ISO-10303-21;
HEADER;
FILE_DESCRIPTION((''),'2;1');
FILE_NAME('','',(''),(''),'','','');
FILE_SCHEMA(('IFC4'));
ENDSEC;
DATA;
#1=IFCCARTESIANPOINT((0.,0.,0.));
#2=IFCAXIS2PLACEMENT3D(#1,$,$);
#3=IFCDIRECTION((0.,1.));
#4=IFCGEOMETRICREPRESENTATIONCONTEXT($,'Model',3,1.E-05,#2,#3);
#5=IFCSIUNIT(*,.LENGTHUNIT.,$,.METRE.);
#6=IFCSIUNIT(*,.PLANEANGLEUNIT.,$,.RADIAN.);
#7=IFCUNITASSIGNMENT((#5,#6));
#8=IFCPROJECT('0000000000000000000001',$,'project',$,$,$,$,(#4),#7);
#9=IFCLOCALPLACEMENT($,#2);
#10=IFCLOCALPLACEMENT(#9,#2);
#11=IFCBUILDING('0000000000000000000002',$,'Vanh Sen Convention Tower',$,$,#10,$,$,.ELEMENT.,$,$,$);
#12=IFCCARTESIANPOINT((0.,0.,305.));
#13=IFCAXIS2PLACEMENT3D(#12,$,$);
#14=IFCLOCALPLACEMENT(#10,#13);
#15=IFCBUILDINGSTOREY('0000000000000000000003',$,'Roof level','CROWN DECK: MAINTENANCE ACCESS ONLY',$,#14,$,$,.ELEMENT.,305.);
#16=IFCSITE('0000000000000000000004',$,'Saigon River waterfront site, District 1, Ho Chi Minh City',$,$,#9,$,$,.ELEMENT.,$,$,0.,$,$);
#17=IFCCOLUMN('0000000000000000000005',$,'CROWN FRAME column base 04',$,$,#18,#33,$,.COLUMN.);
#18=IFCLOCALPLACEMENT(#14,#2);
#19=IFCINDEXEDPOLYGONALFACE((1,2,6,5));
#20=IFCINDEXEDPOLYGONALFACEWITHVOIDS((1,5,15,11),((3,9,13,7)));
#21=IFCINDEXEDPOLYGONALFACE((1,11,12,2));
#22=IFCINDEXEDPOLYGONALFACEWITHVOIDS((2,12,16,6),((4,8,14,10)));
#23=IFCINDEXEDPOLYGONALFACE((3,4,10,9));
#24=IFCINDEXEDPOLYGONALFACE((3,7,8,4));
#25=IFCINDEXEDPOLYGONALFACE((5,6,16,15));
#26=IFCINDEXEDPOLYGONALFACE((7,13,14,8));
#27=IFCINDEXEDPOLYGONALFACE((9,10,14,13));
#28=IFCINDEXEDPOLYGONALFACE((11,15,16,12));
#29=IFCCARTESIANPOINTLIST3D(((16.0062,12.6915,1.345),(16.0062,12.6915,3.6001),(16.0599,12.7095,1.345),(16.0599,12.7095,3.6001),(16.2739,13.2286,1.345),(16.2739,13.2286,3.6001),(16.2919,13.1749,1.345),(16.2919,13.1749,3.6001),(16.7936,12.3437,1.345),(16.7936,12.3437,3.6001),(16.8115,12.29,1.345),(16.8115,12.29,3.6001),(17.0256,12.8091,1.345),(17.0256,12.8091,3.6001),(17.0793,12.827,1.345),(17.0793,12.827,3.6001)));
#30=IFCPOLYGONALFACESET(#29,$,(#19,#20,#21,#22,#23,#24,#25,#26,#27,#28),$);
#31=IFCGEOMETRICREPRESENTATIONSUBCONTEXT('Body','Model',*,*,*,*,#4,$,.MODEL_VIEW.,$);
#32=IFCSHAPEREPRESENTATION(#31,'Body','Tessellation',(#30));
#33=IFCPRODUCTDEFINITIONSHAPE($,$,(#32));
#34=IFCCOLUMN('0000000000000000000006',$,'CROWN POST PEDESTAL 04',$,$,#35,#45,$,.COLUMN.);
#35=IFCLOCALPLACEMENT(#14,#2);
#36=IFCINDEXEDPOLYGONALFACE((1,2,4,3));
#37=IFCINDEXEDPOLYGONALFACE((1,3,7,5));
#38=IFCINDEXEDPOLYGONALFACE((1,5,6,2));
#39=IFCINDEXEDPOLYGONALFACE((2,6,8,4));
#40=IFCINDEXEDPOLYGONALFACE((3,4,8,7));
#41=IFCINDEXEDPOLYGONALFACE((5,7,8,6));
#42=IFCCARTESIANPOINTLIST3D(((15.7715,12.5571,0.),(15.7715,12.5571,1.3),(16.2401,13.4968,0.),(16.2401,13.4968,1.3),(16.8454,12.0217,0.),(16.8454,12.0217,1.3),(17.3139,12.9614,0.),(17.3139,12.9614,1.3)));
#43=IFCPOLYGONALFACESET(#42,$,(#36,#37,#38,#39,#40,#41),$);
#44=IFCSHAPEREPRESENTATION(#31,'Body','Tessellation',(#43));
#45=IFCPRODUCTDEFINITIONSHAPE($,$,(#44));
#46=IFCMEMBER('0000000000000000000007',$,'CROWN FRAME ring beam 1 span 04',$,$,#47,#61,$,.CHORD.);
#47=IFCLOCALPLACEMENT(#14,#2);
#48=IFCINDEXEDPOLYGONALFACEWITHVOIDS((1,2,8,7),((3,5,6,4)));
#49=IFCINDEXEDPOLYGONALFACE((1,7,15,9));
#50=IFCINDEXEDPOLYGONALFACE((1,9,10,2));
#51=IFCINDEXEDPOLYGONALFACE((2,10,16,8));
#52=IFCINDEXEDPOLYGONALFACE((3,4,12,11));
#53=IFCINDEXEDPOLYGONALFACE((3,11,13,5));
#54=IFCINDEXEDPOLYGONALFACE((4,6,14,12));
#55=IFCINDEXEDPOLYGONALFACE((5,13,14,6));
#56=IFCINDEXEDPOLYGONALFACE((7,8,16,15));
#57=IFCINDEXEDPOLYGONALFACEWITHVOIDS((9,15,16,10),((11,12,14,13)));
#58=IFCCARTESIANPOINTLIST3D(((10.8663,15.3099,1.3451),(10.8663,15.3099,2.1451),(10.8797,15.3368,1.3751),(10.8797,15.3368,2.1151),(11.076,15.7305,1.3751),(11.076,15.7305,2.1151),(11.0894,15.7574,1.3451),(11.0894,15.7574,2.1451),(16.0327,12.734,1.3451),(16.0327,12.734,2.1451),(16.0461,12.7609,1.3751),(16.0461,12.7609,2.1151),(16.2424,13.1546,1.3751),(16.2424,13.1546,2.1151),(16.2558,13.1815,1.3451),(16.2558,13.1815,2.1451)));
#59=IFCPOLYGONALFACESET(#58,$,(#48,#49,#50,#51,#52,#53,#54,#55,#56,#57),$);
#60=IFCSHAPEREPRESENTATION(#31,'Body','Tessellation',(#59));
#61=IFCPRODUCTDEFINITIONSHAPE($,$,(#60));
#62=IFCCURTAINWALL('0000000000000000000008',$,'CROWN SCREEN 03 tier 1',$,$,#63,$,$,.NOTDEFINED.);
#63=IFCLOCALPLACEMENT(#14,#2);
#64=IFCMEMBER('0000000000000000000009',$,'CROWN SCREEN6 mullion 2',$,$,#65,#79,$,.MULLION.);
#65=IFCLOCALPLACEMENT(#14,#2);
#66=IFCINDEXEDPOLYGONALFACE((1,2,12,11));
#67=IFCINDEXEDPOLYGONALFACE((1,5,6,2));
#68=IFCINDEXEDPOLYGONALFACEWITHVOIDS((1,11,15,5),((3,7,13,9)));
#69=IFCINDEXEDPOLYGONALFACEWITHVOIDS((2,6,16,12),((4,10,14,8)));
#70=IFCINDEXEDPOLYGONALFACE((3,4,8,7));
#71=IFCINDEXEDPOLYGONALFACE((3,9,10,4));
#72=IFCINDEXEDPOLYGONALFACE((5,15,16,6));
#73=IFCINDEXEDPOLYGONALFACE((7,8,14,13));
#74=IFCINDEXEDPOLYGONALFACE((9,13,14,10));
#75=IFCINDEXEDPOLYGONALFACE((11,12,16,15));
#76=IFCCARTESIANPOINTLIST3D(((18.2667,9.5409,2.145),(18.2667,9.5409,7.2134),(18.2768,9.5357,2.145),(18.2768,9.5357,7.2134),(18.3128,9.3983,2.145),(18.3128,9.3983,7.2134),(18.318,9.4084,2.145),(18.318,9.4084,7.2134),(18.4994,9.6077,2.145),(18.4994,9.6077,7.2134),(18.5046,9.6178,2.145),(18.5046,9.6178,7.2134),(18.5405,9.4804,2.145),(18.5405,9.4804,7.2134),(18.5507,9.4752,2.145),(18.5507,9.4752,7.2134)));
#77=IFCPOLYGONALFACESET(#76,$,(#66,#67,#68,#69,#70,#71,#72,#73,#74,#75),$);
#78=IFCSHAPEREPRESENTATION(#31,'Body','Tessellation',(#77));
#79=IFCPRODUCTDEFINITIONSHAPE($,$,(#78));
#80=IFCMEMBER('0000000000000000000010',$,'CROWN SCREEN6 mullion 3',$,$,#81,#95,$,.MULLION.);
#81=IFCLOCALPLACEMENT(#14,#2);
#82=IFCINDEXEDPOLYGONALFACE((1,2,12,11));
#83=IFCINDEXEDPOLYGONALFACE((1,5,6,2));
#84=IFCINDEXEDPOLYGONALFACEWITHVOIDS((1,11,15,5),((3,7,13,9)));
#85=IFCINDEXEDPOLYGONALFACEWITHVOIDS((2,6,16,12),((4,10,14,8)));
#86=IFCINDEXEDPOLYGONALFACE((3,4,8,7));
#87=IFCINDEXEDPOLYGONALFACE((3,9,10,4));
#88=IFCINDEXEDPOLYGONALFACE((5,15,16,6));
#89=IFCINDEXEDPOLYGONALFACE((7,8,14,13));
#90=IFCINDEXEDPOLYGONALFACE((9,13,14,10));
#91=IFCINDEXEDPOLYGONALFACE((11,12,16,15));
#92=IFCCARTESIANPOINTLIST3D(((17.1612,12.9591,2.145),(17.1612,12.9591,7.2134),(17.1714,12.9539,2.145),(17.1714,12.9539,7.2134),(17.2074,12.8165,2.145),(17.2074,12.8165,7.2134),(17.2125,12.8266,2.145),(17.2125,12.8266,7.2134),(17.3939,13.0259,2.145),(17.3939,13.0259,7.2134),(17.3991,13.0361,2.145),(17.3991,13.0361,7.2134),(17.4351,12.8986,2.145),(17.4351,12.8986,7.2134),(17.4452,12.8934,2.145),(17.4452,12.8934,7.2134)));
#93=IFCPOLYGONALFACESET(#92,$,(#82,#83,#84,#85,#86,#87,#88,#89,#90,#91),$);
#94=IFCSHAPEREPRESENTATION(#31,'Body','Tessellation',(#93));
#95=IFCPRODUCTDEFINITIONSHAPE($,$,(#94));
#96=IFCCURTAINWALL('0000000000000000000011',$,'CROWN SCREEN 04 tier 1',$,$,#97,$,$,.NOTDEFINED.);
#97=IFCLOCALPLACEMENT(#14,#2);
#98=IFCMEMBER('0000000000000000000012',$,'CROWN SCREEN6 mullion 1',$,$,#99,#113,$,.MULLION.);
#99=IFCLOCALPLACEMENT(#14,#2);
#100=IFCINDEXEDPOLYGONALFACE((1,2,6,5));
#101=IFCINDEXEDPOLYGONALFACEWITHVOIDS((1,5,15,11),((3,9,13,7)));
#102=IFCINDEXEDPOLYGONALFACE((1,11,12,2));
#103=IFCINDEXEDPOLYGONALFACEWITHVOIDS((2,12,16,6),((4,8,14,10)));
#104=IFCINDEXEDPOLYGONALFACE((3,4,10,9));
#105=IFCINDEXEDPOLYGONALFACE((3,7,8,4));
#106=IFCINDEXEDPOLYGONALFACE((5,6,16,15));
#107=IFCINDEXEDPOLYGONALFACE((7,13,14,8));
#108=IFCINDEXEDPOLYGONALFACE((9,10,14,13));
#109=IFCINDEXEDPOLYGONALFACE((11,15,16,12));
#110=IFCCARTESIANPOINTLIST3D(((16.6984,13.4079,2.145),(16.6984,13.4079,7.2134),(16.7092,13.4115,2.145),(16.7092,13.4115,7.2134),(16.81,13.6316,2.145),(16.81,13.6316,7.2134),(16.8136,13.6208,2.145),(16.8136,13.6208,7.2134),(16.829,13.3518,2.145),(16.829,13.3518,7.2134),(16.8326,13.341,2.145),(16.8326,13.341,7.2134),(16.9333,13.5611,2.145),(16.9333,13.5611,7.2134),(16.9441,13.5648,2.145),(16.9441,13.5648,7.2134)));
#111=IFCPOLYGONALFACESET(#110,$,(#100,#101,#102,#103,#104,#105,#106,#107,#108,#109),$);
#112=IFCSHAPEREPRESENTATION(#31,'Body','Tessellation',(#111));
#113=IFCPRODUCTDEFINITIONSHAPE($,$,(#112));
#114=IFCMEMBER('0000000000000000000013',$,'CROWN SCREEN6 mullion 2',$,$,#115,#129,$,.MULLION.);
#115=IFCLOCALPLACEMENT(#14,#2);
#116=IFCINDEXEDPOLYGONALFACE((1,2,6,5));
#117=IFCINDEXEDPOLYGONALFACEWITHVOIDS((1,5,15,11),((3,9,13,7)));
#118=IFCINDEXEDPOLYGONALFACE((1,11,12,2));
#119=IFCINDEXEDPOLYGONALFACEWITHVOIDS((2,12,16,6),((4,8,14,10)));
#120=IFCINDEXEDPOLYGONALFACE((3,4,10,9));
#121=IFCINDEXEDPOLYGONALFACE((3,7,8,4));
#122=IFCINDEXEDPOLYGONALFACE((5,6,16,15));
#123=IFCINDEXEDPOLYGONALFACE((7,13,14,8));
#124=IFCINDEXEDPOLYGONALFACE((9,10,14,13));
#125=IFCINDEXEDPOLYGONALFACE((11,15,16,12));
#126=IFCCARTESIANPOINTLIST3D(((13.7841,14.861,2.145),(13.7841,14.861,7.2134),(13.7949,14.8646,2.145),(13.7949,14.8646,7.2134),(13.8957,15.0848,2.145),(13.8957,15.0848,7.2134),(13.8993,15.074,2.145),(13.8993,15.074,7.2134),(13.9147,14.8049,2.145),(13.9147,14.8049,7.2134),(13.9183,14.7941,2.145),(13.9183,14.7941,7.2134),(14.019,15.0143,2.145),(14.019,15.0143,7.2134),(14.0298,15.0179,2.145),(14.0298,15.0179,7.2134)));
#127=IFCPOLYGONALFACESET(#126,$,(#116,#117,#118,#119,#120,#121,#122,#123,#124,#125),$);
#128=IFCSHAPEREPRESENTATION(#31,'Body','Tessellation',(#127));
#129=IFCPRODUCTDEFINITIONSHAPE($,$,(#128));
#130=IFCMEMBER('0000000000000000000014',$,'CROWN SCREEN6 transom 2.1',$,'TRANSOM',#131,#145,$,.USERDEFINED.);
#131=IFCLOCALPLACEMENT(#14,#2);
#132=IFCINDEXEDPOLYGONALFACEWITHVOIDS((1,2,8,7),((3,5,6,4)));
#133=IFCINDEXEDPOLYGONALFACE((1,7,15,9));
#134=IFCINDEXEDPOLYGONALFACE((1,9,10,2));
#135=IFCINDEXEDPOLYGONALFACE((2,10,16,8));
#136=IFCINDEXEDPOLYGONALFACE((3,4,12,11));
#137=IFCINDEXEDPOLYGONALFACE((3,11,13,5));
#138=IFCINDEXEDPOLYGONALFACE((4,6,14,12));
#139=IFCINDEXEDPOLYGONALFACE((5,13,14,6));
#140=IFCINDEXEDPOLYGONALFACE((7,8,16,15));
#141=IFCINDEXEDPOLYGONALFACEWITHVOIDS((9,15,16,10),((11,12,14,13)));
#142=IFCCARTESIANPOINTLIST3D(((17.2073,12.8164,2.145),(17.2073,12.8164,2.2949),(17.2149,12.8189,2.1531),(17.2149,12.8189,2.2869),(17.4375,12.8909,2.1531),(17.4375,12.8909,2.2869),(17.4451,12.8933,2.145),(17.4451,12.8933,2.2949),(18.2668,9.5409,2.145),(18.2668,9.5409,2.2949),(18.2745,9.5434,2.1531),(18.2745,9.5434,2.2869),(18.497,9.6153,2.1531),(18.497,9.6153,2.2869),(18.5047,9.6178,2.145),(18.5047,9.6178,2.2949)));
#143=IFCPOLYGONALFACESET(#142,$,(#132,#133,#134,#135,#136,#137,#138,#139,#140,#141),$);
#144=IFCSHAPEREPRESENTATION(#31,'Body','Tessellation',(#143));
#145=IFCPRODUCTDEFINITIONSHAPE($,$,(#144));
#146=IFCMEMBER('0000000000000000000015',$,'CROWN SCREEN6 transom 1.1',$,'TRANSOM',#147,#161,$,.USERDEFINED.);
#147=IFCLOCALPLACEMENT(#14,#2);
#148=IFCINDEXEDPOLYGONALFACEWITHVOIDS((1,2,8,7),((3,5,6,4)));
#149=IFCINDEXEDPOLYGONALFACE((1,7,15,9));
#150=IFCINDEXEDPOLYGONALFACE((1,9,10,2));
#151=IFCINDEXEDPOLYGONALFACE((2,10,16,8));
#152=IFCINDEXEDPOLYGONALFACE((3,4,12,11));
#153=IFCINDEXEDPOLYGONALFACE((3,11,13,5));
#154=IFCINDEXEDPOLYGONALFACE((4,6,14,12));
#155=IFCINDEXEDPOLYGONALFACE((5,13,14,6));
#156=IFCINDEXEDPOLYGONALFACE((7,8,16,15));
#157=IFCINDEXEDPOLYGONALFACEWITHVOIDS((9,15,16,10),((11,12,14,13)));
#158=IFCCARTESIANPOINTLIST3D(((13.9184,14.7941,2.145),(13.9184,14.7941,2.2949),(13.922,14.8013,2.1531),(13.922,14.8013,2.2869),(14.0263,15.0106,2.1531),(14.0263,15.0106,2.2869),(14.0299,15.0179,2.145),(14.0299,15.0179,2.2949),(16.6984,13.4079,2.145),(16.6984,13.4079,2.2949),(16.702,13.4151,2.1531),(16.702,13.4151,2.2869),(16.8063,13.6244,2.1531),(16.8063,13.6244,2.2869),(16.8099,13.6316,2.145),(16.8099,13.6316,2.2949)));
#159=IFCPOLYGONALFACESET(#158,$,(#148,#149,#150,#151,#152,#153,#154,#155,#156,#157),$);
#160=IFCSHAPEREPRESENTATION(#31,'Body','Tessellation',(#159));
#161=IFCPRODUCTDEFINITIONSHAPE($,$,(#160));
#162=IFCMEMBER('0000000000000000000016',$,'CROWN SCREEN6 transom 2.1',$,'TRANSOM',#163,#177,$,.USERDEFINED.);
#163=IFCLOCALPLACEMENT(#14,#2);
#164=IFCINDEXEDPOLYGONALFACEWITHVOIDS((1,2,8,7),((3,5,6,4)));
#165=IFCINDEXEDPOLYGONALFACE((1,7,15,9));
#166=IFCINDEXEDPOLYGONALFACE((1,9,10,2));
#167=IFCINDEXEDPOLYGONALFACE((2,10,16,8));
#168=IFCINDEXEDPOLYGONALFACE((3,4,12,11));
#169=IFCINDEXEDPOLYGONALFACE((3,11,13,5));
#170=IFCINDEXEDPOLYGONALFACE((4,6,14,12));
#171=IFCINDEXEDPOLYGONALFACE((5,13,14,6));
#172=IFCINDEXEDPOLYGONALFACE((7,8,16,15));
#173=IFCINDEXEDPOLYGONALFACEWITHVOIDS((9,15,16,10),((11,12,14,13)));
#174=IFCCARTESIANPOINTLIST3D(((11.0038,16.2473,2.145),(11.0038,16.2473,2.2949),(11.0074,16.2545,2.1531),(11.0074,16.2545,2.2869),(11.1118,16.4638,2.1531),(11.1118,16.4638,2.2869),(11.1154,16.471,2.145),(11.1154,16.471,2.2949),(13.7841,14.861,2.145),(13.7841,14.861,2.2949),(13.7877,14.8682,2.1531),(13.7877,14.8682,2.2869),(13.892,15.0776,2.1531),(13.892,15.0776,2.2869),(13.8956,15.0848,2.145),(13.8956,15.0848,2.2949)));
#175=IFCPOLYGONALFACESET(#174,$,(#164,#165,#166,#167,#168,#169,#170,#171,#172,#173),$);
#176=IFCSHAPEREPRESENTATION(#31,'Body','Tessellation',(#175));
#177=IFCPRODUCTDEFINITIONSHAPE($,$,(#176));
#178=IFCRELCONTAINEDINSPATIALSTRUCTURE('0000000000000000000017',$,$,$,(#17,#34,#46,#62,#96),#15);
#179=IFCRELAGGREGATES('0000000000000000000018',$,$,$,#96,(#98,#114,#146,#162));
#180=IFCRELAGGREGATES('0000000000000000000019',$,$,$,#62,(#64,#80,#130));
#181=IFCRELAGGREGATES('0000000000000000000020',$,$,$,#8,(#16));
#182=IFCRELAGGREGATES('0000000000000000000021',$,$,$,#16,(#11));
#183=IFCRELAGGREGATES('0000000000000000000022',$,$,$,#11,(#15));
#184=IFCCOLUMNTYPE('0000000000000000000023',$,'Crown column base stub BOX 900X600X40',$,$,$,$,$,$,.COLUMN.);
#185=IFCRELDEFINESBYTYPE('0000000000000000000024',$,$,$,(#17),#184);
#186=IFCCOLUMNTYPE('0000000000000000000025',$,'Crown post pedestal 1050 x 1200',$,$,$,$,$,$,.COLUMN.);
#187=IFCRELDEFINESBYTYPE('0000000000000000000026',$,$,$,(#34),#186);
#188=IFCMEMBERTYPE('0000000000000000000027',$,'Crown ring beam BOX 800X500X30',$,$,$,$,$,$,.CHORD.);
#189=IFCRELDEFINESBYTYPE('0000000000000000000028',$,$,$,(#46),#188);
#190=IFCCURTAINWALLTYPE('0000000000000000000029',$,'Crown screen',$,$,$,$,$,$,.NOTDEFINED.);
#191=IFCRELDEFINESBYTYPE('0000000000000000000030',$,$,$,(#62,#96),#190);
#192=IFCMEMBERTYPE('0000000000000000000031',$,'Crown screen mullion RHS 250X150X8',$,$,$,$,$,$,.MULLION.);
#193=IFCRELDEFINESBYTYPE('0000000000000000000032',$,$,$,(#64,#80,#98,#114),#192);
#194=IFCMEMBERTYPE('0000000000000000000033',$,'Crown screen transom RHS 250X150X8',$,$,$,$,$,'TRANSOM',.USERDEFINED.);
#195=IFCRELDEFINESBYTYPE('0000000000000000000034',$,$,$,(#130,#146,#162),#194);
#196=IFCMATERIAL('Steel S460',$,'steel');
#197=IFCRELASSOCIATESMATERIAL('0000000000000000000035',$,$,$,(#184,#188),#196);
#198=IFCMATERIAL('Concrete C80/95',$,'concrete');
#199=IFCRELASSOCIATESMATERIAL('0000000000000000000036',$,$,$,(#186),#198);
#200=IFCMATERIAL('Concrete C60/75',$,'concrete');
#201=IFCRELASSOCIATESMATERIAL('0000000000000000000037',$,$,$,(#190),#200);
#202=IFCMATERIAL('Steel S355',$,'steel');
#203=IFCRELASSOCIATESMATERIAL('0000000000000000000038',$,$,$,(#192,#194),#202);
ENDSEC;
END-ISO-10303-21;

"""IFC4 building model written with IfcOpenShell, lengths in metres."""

from ifc_helpers import new_model, si_unit, direction, frame, origin, origin_2d, place, context, subcontext, project, spatial, rectangle, hollow_rectangle, extrude, material, material_profile, profile_set, type_object, element, aggregate, save


model = new_model("IFC4")

# Units and contexts
model_context = context("Model", 3, precision=1e-05, world=origin(), true_north=direction((0.0, 1.0)))
body_context = subcontext(model_context, "Body", "Model", "MODEL_VIEW")
ifc_project = project(units=[si_unit("LENGTHUNIT", "METRE"), si_unit("PLANEANGLEUNIT", "RADIAN")], contexts=[model_context])

# Site, building, storey
site_placement = place(None, origin())
site = spatial("IfcSite", under=ifc_project, at=site_placement, Name="Saigon River waterfront site, District 1, Ho Chi Minh City", CompositionType="ELEMENT", RefElevation=0.0)
building_placement = place(site_placement, origin())
building = spatial("IfcBuilding", under=site, at=building_placement, Name="Vanh Sen Convention Tower", CompositionType="ELEMENT")
storey_placement = place(building_placement, frame((0.0, 0.0, 305.0)))
storey = spatial("IfcBuildingStorey", under=building, at=storey_placement, Name="Roof level", Description="CROWN DECK: MAINTENANCE ACCESS ONLY", CompositionType="ELEMENT", Elevation=305.0)

# Columns
ifc_material_1 = material(Name="Steel S460", Category="steel")
ifc_material_profile_1 = material_profile(ifc_material_1, hollow_rectangle(XDim=0.6001, YDim=0.8999, WallThickness=0.04, at=origin_2d()), Name="BOX 900X600X40")
ifc_profile_set_1 = profile_set([ifc_material_profile_1], Name="Steel S460")
column_type_1 = type_object("IfcColumnType", Name="Crown column base stub BOX 900X600X40", PredefinedType="COLUMN", material=ifc_profile_set_1)
column_1_placement = place(storey_placement, frame((16.5427, 12.7593, 1.345), z_axis=(0.0, 0.0, 1.0), x_axis=(-0.446198, -0.894934, 0.0)))
element("IfcColumn", 1, at=column_1_placement, inside=storey, type_object=column_type_1, Name="CROWN FRAME column base 04", PredefinedType="COLUMN", context=body_context, shape_type="SweptSolid", body=[
    extrude(hollow_rectangle(XDim=0.6001, YDim=0.8999, WallThickness=0.04, at=origin_2d()), origin(), (0.0, 0.0, 1.0), 2.2551),
])
ifc_material_2 = material(Name="Concrete C80/95", Category="concrete")
ifc_material_profile_2 = material_profile(ifc_material_2, rectangle(XDim=1.05, YDim=1.2, at=origin_2d()), Name="RC 1050X1200")
ifc_profile_set_2 = profile_set([ifc_material_profile_2], Name="Concrete C80/95")
column_type_2 = type_object("IfcColumnType", Name="Crown post pedestal 1050 x 1200", PredefinedType="COLUMN", material=ifc_profile_set_2)
column_2_placement = place(storey_placement, frame((16.5427, 12.7593, 0.0), z_axis=(0.0, 0.0, 1.0), x_axis=(-0.446198, -0.894934, 0.0)))
element("IfcColumn", 2, at=column_2_placement, inside=storey, type_object=column_type_2, Name="CROWN POST PEDESTAL 04", PredefinedType="COLUMN", context=body_context, shape_type="SweptSolid", body=[
    extrude(rectangle(XDim=1.05, YDim=1.2, at=origin_2d()), origin(), (0.0, 0.0, 1.0), 1.3),
])

# Member
ifc_material_profile_3 = material_profile(ifc_material_1, hollow_rectangle(XDim=0.5, YDim=0.8, WallThickness=0.03, at=origin_2d()), Name="BOX 800X500X30")
ifc_profile_set_3 = profile_set([ifc_material_profile_3], Name="Steel S460")
member_type_1 = type_object("IfcMemberType", Name="Crown ring beam BOX 800X500X30", PredefinedType="CHORD", material=ifc_profile_set_3)
member_1_placement = place(storey_placement, frame((16.1443, 12.9578, 1.7451), z_axis=(-0.894934, 0.446198, 0.0), x_axis=(-0.446198, -0.894934, 0.0)))
element("IfcMember", 3, at=member_1_placement, inside=storey, type_object=member_type_1, Name="CROWN FRAME ring beam 1 span 04", PredefinedType="CHORD", context=body_context, shape_type="SweptSolid", body=[
    extrude(hollow_rectangle(XDim=0.5, YDim=0.8, WallThickness=0.03, at=origin_2d()), origin(), (0.0, 0.0, 1.0), 5.7729),
])

# Curtain walls, members
ifc_material_3 = material(Name="Concrete C60/75", Category="concrete")
curtain_wall_type = type_object("IfcCurtainWallType", Name="Crown screen", PredefinedType="NOTDEFINED", material=ifc_material_3)
curtain_wall_1_placement = place(storey_placement, origin())
curtain_wall_1 = element("IfcCurtainWall", 4, at=curtain_wall_1_placement, inside=storey, type_object=curtain_wall_type, Name="CROWN SCREEN 03 tier 1", PredefinedType="NOTDEFINED")
ifc_material_4 = material(Name="Steel S355", Category="steel")
ifc_material_profile_4 = material_profile(ifc_material_4, hollow_rectangle(XDim=0.25, YDim=0.1499, WallThickness=0.0081, at=origin_2d()), Name="RHS 250X150X8")
ifc_profile_set_4 = profile_set([ifc_material_profile_4], Name="Steel S355")
member_type_2 = type_object("IfcMemberType", Name="Crown screen mullion RHS 250X150X8", PredefinedType="MULLION", material=ifc_profile_set_4)
member_2_placement = place(storey_placement, frame((18.4087, 9.5081, 2.145), z_axis=(0.0, 0.0, 1.0), x_axis=(-0.951473, -0.307733, 0.0)))
member_2 = element("IfcMember", 5, at=member_2_placement, type_object=member_type_2, Name="CROWN SCREEN6 mullion 2", PredefinedType="MULLION", context=body_context, shape_type="SweptSolid", body=[
    extrude(hollow_rectangle(XDim=0.25, YDim=0.1499, WallThickness=0.0081, at=origin_2d()), origin(), (0.0, 0.0, 1.0), 5.0684),
])
member_3_placement = place(storey_placement, frame((17.3032, 12.9263, 2.145), z_axis=(0.0, 0.0, 1.0), x_axis=(-0.951473, -0.307733, 0.0)))
member_3 = element("IfcMember", 6, at=member_3_placement, type_object=member_type_2, Name="CROWN SCREEN6 mullion 3", PredefinedType="MULLION", context=body_context, shape_type="SweptSolid", body=[
    extrude(hollow_rectangle(XDim=0.25, YDim=0.1499, WallThickness=0.0081, at=origin_2d()), origin(), (0.0, 0.0, 1.0), 5.0684),
])
curtain_wall_2_placement = place(storey_placement, origin())
curtain_wall_2 = element("IfcCurtainWall", 7, at=curtain_wall_2_placement, inside=storey, type_object=curtain_wall_type, Name="CROWN SCREEN 04 tier 1", PredefinedType="NOTDEFINED")
member_4_placement = place(storey_placement, frame((16.8213, 13.4863, 2.145), z_axis=(0.0, 0.0, 1.0), x_axis=(-0.446205, -0.894931, 0.0)))
member_4 = element("IfcMember", 8, at=member_4_placement, type_object=member_type_2, Name="CROWN SCREEN6 mullion 1", PredefinedType="MULLION", context=body_context, shape_type="SweptSolid", body=[
    extrude(hollow_rectangle(XDim=0.25, YDim=0.1499, WallThickness=0.0081, at=origin_2d()), origin(), (0.0, 0.0, 1.0), 5.0684),
])
member_5_placement = place(storey_placement, frame((13.907, 14.9395, 2.145), z_axis=(0.0, 0.0, 1.0), x_axis=(-0.446205, -0.894931, 0.0)))
member_5 = element("IfcMember", 9, at=member_5_placement, type_object=member_type_2, Name="CROWN SCREEN6 mullion 2", PredefinedType="MULLION", context=body_context, shape_type="SweptSolid", body=[
    extrude(hollow_rectangle(XDim=0.25, YDim=0.1499, WallThickness=0.0081, at=origin_2d()), origin(), (0.0, 0.0, 1.0), 5.0684),
])

# Members
ifc_material_profile_5 = material_profile(ifc_material_4, hollow_rectangle(XDim=0.25, YDim=0.1499, WallThickness=0.0081, at=origin_2d()), Name="RHS 250X150X8")
ifc_profile_set_5 = profile_set([ifc_material_profile_5], Name="Steel S355")
member_type_3 = type_object("IfcMemberType", Name="Crown screen transom RHS 250X150X8", ElementType="TRANSOM", PredefinedType="USERDEFINED", material=ifc_profile_set_5)
member_6_placement = place(storey_placement, frame((18.3857, 9.5793, 2.22), z_axis=(-0.307769, 0.951461, 0.0), x_axis=(-0.951461, -0.307769, 0.0)))
member_6 = element("IfcMember", 10, at=member_6_placement, type_object=member_type_3, Name="CROWN SCREEN6 transom 2.1", ObjectType="TRANSOM", PredefinedType="USERDEFINED", context=body_context, shape_type="SweptSolid", body=[
    extrude(hollow_rectangle(XDim=0.25, YDim=0.1499, WallThickness=0.0081, at=origin_2d()), origin(), (0.0, 0.0, 1.0), 3.4426),
])
member_7_placement = place(storey_placement, frame((16.7542, 13.5198, 2.22), z_axis=(-0.894914, 0.446239, 0.0), x_axis=(-0.446239, -0.894914, 0.0)))
member_7 = element("IfcMember", 11, at=member_7_placement, type_object=member_type_3, Name="CROWN SCREEN6 transom 1.1", ObjectType="TRANSOM", PredefinedType="USERDEFINED", context=body_context, shape_type="SweptSolid", body=[
    extrude(hollow_rectangle(XDim=0.25, YDim=0.1499, WallThickness=0.0081, at=origin_2d()), origin(), (0.0, 0.0, 1.0), 3.1064),
])
member_8_placement = place(storey_placement, frame((13.8398, 14.9729, 2.22), z_axis=(-0.89493, 0.446207, 0.0), x_axis=(-0.446207, -0.89493, 0.0)))
member_8 = element("IfcMember", 12, at=member_8_placement, type_object=member_type_3, Name="CROWN SCREEN6 transom 2.1", ObjectType="TRANSOM", PredefinedType="USERDEFINED", context=body_context, shape_type="SweptSolid", body=[
    extrude(hollow_rectangle(XDim=0.25, YDim=0.1499, WallThickness=0.0081, at=origin_2d()), origin(), (0.0, 0.0, 1.0), 3.1067),
])
aggregate(curtain_wall_2, [member_4, member_5, member_7, member_8])

aggregate(curtain_wall_1, [member_2, member_3, member_6])

save(model, "model.ifc")
